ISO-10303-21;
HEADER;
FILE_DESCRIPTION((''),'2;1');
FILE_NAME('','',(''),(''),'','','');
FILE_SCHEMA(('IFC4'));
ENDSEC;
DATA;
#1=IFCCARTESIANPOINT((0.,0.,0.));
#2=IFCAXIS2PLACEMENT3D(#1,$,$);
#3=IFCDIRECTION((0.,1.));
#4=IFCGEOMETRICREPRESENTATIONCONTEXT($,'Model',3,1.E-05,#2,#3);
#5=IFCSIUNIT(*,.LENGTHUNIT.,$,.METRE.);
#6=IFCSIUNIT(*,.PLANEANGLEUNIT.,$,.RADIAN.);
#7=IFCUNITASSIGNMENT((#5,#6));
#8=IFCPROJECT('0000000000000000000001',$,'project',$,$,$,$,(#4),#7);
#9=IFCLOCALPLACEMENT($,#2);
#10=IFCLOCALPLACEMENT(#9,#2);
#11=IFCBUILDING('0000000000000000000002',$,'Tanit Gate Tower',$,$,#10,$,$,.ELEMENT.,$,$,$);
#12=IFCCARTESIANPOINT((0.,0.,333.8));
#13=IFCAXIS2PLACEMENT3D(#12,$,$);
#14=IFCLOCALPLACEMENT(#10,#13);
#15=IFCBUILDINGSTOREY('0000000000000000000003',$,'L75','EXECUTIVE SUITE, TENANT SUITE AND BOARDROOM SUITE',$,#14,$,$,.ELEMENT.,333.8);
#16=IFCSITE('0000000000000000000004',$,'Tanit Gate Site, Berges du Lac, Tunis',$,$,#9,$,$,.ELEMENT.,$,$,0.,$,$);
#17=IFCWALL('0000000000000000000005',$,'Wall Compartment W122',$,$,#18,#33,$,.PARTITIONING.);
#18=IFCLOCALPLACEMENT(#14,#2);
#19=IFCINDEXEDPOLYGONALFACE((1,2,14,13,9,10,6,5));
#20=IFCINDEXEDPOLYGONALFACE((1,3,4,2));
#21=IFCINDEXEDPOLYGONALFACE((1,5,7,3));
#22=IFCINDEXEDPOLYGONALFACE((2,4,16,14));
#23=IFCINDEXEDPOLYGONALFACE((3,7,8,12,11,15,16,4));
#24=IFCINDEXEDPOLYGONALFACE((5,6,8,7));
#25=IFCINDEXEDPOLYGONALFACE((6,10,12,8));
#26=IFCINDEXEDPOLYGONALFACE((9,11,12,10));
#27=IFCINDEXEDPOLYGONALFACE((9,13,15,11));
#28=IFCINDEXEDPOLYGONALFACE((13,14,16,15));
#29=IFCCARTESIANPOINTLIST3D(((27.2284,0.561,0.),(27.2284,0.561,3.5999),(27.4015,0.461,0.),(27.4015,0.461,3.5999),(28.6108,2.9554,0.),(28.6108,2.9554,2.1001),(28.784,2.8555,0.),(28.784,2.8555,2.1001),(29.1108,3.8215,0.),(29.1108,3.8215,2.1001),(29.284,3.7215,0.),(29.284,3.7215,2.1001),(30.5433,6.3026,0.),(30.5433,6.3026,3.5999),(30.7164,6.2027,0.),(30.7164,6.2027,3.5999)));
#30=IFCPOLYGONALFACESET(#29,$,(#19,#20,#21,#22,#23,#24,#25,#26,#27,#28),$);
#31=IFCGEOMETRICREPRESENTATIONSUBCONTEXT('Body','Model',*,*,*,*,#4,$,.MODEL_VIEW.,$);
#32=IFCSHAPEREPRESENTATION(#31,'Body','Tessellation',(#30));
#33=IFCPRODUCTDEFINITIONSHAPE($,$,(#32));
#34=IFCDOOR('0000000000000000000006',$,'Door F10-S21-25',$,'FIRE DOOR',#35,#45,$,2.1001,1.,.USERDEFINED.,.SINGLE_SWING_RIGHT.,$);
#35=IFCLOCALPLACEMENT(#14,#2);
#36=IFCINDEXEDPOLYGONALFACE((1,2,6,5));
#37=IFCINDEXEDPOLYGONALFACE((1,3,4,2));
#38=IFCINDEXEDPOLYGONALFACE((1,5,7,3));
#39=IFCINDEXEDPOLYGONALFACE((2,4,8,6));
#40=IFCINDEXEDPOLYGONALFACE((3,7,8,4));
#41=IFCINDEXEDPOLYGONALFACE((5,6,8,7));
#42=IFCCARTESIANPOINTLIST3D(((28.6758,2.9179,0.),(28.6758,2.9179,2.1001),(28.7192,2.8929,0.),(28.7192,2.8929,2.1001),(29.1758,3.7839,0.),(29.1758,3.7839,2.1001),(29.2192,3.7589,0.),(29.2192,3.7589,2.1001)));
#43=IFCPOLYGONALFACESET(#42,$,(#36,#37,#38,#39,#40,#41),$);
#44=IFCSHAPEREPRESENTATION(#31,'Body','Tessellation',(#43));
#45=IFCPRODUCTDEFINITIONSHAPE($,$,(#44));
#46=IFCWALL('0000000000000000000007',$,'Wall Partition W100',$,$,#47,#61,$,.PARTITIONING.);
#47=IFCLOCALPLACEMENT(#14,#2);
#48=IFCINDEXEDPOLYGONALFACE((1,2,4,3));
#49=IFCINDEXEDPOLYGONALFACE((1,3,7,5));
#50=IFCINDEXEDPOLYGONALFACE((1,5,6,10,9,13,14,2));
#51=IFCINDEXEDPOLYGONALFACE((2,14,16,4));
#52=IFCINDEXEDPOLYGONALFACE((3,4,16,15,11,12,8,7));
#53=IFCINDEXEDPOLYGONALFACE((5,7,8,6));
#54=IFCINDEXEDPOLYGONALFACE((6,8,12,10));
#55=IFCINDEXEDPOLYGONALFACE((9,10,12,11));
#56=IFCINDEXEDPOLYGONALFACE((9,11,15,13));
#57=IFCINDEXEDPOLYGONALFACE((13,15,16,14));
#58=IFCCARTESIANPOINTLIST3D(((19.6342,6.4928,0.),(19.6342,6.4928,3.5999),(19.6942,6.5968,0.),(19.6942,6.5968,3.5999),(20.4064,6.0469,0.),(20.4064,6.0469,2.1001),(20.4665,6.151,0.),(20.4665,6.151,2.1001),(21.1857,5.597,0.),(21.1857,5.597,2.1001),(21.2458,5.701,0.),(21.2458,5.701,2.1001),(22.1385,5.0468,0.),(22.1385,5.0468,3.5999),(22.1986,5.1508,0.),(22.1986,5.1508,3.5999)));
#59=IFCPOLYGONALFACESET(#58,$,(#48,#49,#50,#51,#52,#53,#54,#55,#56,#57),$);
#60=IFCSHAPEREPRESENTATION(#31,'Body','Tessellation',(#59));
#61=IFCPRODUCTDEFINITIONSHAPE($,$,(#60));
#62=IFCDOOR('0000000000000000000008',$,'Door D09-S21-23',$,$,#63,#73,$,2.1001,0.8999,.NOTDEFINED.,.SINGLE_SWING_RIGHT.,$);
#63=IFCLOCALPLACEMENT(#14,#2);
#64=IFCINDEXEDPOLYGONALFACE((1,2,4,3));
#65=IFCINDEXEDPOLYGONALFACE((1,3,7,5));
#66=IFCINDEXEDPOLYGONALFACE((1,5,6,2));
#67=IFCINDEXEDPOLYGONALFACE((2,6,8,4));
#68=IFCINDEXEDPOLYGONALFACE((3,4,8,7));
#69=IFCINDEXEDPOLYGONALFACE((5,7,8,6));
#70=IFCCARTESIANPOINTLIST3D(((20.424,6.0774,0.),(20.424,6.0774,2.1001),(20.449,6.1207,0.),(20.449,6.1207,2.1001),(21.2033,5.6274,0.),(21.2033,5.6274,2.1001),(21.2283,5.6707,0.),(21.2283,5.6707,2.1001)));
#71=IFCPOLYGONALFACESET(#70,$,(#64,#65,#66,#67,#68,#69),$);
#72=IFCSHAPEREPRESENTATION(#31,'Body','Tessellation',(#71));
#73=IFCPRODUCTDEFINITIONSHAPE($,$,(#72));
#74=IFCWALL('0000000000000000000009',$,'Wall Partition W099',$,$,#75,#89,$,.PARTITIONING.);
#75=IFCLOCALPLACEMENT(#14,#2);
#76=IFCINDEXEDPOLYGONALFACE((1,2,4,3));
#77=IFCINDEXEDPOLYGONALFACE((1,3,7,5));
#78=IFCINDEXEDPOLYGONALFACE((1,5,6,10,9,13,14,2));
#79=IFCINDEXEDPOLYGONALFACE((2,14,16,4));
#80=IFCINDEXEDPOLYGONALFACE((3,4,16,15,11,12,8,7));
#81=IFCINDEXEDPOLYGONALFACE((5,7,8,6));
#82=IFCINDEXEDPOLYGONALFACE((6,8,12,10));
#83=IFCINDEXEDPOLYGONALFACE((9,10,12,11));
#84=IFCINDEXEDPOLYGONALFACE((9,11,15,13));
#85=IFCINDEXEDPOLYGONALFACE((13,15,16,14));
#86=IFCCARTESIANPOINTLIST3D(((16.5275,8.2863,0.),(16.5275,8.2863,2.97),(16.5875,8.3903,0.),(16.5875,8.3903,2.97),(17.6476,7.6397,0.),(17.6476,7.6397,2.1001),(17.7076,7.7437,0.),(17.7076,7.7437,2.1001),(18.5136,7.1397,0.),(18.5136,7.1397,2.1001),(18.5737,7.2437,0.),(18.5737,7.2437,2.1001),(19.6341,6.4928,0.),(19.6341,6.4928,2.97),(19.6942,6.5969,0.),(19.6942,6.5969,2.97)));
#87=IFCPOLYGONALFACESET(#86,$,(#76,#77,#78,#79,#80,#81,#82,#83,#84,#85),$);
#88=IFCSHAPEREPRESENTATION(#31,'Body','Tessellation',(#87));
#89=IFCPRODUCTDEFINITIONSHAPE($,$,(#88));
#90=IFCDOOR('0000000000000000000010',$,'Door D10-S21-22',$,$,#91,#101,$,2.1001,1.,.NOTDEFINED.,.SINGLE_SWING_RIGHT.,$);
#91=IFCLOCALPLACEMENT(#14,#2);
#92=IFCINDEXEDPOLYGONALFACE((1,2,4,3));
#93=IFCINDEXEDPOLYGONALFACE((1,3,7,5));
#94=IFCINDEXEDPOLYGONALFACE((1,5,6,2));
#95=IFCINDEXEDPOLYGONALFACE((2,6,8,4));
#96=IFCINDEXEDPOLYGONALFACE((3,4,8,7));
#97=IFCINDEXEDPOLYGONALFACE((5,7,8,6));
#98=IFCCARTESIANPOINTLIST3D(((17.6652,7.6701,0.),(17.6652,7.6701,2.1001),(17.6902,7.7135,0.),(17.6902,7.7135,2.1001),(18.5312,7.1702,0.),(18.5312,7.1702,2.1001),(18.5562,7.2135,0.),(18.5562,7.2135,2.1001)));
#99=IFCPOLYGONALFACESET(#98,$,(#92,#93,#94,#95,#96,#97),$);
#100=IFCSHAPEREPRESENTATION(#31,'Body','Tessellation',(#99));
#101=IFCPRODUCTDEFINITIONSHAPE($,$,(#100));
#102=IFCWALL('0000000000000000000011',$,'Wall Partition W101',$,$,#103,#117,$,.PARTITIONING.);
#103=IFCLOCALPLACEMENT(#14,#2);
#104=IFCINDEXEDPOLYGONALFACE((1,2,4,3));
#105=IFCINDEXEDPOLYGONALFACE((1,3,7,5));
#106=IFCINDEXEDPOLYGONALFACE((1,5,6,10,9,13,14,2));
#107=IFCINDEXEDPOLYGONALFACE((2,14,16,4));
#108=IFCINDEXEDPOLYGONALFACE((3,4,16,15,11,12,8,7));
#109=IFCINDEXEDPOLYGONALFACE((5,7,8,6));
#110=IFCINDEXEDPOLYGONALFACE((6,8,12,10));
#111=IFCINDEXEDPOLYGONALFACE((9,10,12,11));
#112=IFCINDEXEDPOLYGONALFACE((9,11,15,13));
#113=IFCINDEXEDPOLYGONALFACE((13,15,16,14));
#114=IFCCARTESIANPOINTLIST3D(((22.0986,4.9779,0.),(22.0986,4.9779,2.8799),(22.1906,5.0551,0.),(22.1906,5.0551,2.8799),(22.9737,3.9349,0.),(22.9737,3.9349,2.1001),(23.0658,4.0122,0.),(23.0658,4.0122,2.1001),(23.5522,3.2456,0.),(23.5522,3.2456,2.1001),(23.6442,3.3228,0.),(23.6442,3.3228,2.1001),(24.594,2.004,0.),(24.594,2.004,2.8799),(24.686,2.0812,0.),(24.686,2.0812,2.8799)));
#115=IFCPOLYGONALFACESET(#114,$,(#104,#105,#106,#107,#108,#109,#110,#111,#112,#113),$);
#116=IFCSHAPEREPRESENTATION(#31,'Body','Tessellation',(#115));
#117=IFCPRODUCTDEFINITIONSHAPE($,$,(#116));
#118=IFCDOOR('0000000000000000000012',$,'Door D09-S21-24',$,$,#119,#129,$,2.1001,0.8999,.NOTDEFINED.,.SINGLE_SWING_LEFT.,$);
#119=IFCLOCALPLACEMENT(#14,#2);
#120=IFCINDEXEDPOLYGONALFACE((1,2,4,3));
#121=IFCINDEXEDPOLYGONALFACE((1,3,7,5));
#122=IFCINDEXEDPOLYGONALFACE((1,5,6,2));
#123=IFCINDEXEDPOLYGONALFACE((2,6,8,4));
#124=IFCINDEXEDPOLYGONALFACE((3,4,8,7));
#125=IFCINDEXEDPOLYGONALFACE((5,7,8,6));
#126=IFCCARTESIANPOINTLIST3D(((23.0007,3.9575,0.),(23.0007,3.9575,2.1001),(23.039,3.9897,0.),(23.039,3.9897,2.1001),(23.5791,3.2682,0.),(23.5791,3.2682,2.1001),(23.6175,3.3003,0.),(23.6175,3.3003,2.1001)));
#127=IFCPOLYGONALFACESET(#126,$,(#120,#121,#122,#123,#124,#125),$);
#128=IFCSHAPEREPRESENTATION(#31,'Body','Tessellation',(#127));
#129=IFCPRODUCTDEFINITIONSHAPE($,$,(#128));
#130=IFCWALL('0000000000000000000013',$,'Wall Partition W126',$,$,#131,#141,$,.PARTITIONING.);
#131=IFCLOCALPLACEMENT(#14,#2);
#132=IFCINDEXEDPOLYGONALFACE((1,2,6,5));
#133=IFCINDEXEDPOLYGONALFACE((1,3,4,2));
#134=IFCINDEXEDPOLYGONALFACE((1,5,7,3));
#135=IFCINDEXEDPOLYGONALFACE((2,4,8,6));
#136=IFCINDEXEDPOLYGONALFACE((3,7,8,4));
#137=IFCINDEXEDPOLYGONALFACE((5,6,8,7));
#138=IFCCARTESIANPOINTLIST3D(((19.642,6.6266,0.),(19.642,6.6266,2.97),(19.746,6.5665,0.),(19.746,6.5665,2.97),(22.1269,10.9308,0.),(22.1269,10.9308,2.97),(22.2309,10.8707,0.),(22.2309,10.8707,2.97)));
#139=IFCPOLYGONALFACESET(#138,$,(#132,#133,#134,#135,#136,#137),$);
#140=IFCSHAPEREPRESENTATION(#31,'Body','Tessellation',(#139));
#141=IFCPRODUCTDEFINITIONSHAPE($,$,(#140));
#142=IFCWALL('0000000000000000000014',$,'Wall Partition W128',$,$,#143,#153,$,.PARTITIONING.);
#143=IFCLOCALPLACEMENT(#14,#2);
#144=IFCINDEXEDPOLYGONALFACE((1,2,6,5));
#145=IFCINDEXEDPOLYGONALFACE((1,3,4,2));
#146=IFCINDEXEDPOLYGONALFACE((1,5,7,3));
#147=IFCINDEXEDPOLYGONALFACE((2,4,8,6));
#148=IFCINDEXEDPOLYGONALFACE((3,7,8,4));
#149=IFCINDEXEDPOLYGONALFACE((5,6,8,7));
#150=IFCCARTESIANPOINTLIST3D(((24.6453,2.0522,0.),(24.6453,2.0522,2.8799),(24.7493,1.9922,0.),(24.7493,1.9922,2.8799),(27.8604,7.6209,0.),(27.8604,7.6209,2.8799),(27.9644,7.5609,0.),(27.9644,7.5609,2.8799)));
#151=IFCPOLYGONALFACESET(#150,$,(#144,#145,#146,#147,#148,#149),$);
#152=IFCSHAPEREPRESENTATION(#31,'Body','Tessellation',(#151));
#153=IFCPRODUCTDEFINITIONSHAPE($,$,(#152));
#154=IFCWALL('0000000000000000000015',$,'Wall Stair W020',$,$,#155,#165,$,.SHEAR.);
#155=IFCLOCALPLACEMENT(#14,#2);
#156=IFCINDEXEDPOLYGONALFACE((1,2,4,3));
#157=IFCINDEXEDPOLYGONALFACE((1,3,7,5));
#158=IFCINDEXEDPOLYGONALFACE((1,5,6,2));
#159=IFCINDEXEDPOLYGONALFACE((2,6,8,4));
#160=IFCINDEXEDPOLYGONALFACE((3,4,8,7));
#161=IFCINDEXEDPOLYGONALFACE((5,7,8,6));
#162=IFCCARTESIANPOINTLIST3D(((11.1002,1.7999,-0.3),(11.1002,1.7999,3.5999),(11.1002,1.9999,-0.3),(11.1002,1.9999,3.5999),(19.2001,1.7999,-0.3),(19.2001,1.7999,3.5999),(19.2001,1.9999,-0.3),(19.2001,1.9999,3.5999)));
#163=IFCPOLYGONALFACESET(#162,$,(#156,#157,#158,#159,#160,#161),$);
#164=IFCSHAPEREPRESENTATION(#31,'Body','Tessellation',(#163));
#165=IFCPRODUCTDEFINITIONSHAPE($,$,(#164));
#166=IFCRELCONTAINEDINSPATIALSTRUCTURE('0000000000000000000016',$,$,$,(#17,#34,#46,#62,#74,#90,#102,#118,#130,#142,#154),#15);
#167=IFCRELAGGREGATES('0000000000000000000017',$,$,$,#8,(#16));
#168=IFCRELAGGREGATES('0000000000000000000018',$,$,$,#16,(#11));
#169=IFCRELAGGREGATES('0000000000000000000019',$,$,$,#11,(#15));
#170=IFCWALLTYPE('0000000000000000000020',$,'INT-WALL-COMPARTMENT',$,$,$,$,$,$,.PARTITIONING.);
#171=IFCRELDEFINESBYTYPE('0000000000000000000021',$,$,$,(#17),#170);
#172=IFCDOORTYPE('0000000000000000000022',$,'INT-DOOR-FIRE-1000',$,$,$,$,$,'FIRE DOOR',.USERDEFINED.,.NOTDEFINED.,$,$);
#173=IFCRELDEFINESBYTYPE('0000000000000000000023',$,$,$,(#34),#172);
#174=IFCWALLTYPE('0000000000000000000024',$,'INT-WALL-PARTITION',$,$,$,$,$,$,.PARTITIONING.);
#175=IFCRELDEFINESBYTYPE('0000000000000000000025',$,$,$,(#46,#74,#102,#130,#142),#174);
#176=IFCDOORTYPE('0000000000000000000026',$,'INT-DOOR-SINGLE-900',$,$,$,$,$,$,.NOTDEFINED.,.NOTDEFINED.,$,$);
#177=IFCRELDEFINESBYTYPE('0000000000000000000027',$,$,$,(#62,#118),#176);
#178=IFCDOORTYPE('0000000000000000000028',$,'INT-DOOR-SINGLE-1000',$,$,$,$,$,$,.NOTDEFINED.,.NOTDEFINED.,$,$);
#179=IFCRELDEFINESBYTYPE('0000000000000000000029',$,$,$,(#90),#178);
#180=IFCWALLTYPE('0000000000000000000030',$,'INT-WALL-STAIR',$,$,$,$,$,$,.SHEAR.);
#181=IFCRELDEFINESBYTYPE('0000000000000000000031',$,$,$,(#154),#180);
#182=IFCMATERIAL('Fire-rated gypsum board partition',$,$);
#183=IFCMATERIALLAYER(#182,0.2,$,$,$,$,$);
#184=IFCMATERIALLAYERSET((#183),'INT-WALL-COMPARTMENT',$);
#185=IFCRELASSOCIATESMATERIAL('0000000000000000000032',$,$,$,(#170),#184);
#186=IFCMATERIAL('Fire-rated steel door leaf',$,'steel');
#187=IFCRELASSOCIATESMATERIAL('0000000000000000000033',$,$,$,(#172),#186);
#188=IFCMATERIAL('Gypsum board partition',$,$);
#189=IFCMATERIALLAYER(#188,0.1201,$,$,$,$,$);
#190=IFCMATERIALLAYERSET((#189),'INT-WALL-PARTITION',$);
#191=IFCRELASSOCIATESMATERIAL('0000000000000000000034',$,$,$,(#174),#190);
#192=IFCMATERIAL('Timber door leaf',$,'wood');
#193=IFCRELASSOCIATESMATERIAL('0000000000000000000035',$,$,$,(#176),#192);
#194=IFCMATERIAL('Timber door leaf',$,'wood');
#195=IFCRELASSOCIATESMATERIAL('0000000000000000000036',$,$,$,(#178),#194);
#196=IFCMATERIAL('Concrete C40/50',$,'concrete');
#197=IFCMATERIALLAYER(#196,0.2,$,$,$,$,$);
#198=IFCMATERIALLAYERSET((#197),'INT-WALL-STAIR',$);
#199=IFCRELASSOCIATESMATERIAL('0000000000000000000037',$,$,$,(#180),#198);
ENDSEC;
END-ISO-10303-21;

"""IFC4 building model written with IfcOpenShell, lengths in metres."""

from ifc_helpers import new_model, si_unit, direction, frame, frame_2d, origin, place, context, subcontext, project, spatial, rectangle, extrude, material, layer, layer_set, type_object, element, fill, save


model = new_model("IFC4")

# Units and contexts
model_context = context("Model", 3, precision=1e-05, world=origin(), true_north=direction((0.0, 1.0)))
body_context = subcontext(model_context, "Body", "Model", "MODEL_VIEW")
ifc_project = project(units=[si_unit("LENGTHUNIT", "METRE"), si_unit("PLANEANGLEUNIT", "RADIAN")], contexts=[model_context])

# Site, building, storey
site_placement = place(None, origin())
site = spatial("IfcSite", under=ifc_project, at=site_placement, Name="Tanit Gate Site, Berges du Lac, Tunis", CompositionType="ELEMENT", RefElevation=0.0)
building_placement = place(site_placement, origin())
building = spatial("IfcBuilding", under=site, at=building_placement, Name="Tanit Gate Tower", CompositionType="ELEMENT")
storey_placement = place(building_placement, frame((0.0, 0.0, 333.8)))
storey = spatial("IfcBuildingStorey", under=building, at=storey_placement, Name="L75", Description="EXECUTIVE SUITE, TENANT SUITE AND BOARDROOM SUITE", CompositionType="ELEMENT", Elevation=333.8)

# Shared definitions
ifc_material_1 = material(Name="Fire-rated gypsum board partition")
ifc_layer_1 = layer(ifc_material_1, 0.2)
ifc_layer_set_1 = layer_set([ifc_layer_1], Name="INT-WALL-COMPARTMENT")
wall_type_1 = type_object("IfcWallType", Name="INT-WALL-COMPARTMENT", PredefinedType="PARTITIONING", material=ifc_layer_set_1)

# Walls, openings, doors
wall_1_placement = place(storey_placement, frame((27.3149, 0.511, 0.0), z_axis=(0.0, 0.0, 1.0), x_axis=(0.499997, 0.866027, 0.0)))
wall_1 = element("IfcWall", 1, at=wall_1_placement, inside=storey, type_object=wall_type_1, Name="Wall Compartment W122", PredefinedType="PARTITIONING", context=body_context, shape_type="SweptSolid", body=[
    extrude(rectangle(XDim=6.6299, YDim=0.2, at=frame_2d((3.3149, 0.0))), origin(), (0.0, 0.0, 1.0), 3.5999),
])
opening_1_placement = place(wall_1_placement, frame((2.7649, 0.0, 0.0)))
opening_1 = element("IfcOpeningElement", 2, at=opening_1_placement, cuts=wall_1, PredefinedType="OPENING", context=body_context, shape_type="SweptSolid", body=[
    extrude(rectangle(XDim=1.0, YDim=2.1001, at=frame_2d((0.5, 1.05))), frame((0.0, 0.1099, 0.0), z_axis=(0.0, -1.0, 0.0), x_axis=(1.0, 0.0, 0.0)), (0.0, 0.0, 1.0), 0.22),
])
ifc_material_2 = material(Name="Fire-rated steel door leaf", Category="steel")
door_type_1 = type_object("IfcDoorType", Name="INT-DOOR-FIRE-1000", ElementType="FIRE DOOR", OperationType="NOTDEFINED", PredefinedType="USERDEFINED", material=ifc_material_2)
door_1_placement = place(opening_1_placement, origin())
door_1 = element("IfcDoor", 3, at=door_1_placement, inside=storey, type_object=door_type_1, Name="Door F10-S21-25", ObjectType="FIRE DOOR", OperationType="SINGLE_SWING_RIGHT", OverallHeight=2.1001, OverallWidth=1.0, PredefinedType="USERDEFINED", context=body_context, shape_type="SweptSolid", body=[
    extrude(rectangle(XDim=1.0, YDim=2.1001, at=frame_2d((0.5, 1.05))), frame((0.0, 0.0249, 0.0), z_axis=(0.0, -1.0, 0.0), x_axis=(1.0, 0.0, 0.0)), (0.0, 0.0, 1.0), 0.05),
])
fill(opening_1, door_1)
ifc_material_3 = material(Name="Gypsum board partition")
ifc_layer_2 = layer(ifc_material_3, 0.1201)
ifc_layer_set_2 = layer_set([ifc_layer_2], Name="INT-WALL-PARTITION")
wall_type_2 = type_object("IfcWallType", Name="INT-WALL-PARTITION", PredefinedType="PARTITIONING", material=ifc_layer_set_2)
wall_2_placement = place(storey_placement, frame((22.1685, 5.0989, 0.0), z_axis=(0.0, 0.0, 1.0), x_axis=(-0.866006, 0.500034, 0.0)))
wall_2 = element("IfcWall", 4, at=wall_2_placement, inside=storey, type_object=wall_type_2, Name="Wall Partition W100", PredefinedType="PARTITIONING", context=body_context, shape_type="SweptSolid", body=[
    extrude(rectangle(XDim=2.8918, YDim=0.1201, at=frame_2d((1.4458, 0.0))), origin(), (0.0, 0.0, 1.0), 3.5999),
])
opening_2_placement = place(wall_2_placement, frame((1.1001, 0.0, 0.0)))
opening_2 = element("IfcOpeningElement", 5, at=opening_2_placement, cuts=wall_2, PredefinedType="OPENING", context=body_context, shape_type="SweptSolid", body=[
    extrude(rectangle(XDim=0.8999, YDim=2.1001, at=frame_2d((0.45, 1.05))), frame((0.0, 0.0701, 0.0), z_axis=(0.0, -1.0, 0.0), x_axis=(1.0, 0.0, 0.0)), (0.0, 0.0, 1.0), 0.1401),
])
ifc_material_4 = material(Name="Timber door leaf", Category="wood")
door_type_2 = type_object("IfcDoorType", Name="INT-DOOR-SINGLE-900", OperationType="NOTDEFINED", PredefinedType="NOTDEFINED", material=ifc_material_4)
door_2_placement = place(opening_2_placement, origin())
door_2 = element("IfcDoor", 6, at=door_2_placement, inside=storey, type_object=door_type_2, Name="Door D09-S21-23", OperationType="SINGLE_SWING_RIGHT", OverallHeight=2.1001, OverallWidth=0.8999, PredefinedType="NOTDEFINED", context=body_context, shape_type="SweptSolid", body=[
    extrude(rectangle(XDim=0.8999, YDim=2.1001, at=frame_2d((0.45, 1.05))), frame((0.0, 0.0249, 0.0), z_axis=(0.0, -1.0, 0.0), x_axis=(1.0, 0.0, 0.0)), (0.0, 0.0, 1.0), 0.05),
])
fill(opening_2, door_2)
wall_3_placement = place(storey_placement, frame((19.6641, 6.5449, 0.0), z_axis=(0.0, 0.0, 1.0), x_axis=(-0.866048, 0.49996, 0.0)))
wall_3 = element("IfcWall", 7, at=wall_3_placement, inside=storey, type_object=wall_type_2, Name="Wall Partition W099", PredefinedType="PARTITIONING", context=body_context, shape_type="SweptSolid", body=[
    extrude(rectangle(XDim=3.5872, YDim=0.1201, at=frame_2d((1.7935, 0.0))), origin(), (0.0, 0.0, 1.0), 2.97),
])
opening_3_placement = place(wall_3_placement, frame((1.2937, 0.0, 0.0)))
opening_3 = element("IfcOpeningElement", 8, at=opening_3_placement, cuts=wall_3, PredefinedType="OPENING", context=body_context, shape_type="SweptSolid", body=[
    extrude(rectangle(XDim=1.0, YDim=2.1001, at=frame_2d((0.5, 1.05))), frame((0.0, 0.0701, 0.0), z_axis=(0.0, -1.0, 0.0), x_axis=(1.0, 0.0, 0.0)), (0.0, 0.0, 1.0), 0.1401),
])
ifc_material_5 = material(Name="Timber door leaf", Category="wood")
door_type_3 = type_object("IfcDoorType", Name="INT-DOOR-SINGLE-1000", OperationType="NOTDEFINED", PredefinedType="NOTDEFINED", material=ifc_material_5)
door_3_placement = place(opening_3_placement, origin())
door_3 = element("IfcDoor", 9, at=door_3_placement, inside=storey, type_object=door_type_3, Name="Door D10-S21-22", OperationType="SINGLE_SWING_RIGHT", OverallHeight=2.1001, OverallWidth=1.0, PredefinedType="NOTDEFINED", context=body_context, shape_type="SweptSolid", body=[
    extrude(rectangle(XDim=1.0, YDim=2.1001, at=frame_2d((0.5, 1.05))), frame((0.0, 0.0249, 0.0), z_axis=(0.0, -1.0, 0.0), x_axis=(1.0, 0.0, 0.0)), (0.0, 0.0, 1.0), 0.05),
])
fill(opening_3, door_3)
wall_4_placement = place(storey_placement, frame((24.6399, 2.0427, 0.0), z_axis=(0.0, 0.0, 1.0), x_axis=(-0.642785, 0.766047, 0.0)))
wall_4 = element("IfcWall", 10, at=wall_4_placement, inside=storey, type_object=wall_type_2, Name="Wall Partition W101", PredefinedType="PARTITIONING", context=body_context, shape_type="SweptSolid", body=[
    extrude(rectangle(XDim=3.8821, YDim=0.1201, at=frame_2d((1.9409, 0.0))), origin(), (0.0, 0.0, 1.0), 2.8799),
])
opening_4_placement = place(wall_4_placement, frame((1.6206, 0.0, 0.0)))
opening_4 = element("IfcOpeningElement", 11, at=opening_4_placement, cuts=wall_4, PredefinedType="OPENING", context=body_context, shape_type="SweptSolid", body=[
    extrude(rectangle(XDim=0.8999, YDim=2.1001, at=frame_2d((0.45, 1.05))), frame((0.0, 0.0701, 0.0), z_axis=(0.0, -1.0, 0.0), x_axis=(1.0, 0.0, 0.0)), (0.0, 0.0, 1.0), 0.1401),
])
door_4_placement = place(opening_4_placement, origin())
door_4 = element("IfcDoor", 12, at=door_4_placement, inside=storey, type_object=door_type_2, Name="Door D09-S21-24", OperationType="SINGLE_SWING_LEFT", OverallHeight=2.1001, OverallWidth=0.8999, PredefinedType="NOTDEFINED", context=body_context, shape_type="SweptSolid", body=[
    extrude(rectangle(XDim=0.8999, YDim=2.1001, at=frame_2d((0.45, 1.05))), frame((0.0, 0.0249, 0.0), z_axis=(0.0, -1.0, 0.0), x_axis=(1.0, 0.0, 0.0)), (0.0, 0.0, 1.0), 0.05),
])
fill(opening_4, door_4)

# Walls
wall_5_placement = place(storey_placement, frame((19.6941, 6.5967, 0.0), z_axis=(0.0, 0.0, 1.0), x_axis=(0.499975, 0.86604, 0.0)))
element("IfcWall", 13, at=wall_5_placement, inside=storey, type_object=wall_type_2, Name="Wall Partition W126", PredefinedType="PARTITIONING", context=body_context, shape_type="SweptSolid", body=[
    extrude(rectangle(XDim=4.97, YDim=0.1201, at=frame_2d((2.4849, 0.0))), origin(), (0.0, 0.0, 1.0), 2.97),
])
wall_6_placement = place(storey_placement, frame((24.6973, 2.0222, 0.0), z_axis=(0.0, 0.0, 1.0), x_axis=(0.500006, 0.866022, 0.0)))
element("IfcWall", 14, at=wall_6_placement, inside=storey, type_object=wall_type_2, Name="Wall Partition W128", PredefinedType="PARTITIONING", context=body_context, shape_type="SweptSolid", body=[
    extrude(rectangle(XDim=6.4302, YDim=0.1201, at=frame_2d((3.2151, 0.0))), origin(), (0.0, 0.0, 1.0), 2.8799),
])
ifc_material_6 = material(Name="Concrete C40/50", Category="concrete")
ifc_layer_3 = layer(ifc_material_6, 0.2)
ifc_layer_set_3 = layer_set([ifc_layer_3], Name="INT-WALL-STAIR")
wall_type_3 = type_object("IfcWallType", Name="INT-WALL-STAIR", PredefinedType="SHEAR", material=ifc_layer_set_3)
wall_7_placement = place(storey_placement, frame((19.2, 1.8999, -0.3), z_axis=(0.0, 0.0, 1.0), x_axis=(-1.0, 0.0, 0.0)))
element("IfcWall", 15, at=wall_7_placement, inside=storey, type_object=wall_type_3, Name="Wall Stair W020", PredefinedType="SHEAR", context=body_context, shape_type="SweptSolid", body=[
    extrude(rectangle(XDim=8.0999, YDim=0.2, at=frame_2d((4.0498, 0.0))), origin(), (0.0, 0.0, 1.0), 3.8999),
])

save(model, "model.ifc")
